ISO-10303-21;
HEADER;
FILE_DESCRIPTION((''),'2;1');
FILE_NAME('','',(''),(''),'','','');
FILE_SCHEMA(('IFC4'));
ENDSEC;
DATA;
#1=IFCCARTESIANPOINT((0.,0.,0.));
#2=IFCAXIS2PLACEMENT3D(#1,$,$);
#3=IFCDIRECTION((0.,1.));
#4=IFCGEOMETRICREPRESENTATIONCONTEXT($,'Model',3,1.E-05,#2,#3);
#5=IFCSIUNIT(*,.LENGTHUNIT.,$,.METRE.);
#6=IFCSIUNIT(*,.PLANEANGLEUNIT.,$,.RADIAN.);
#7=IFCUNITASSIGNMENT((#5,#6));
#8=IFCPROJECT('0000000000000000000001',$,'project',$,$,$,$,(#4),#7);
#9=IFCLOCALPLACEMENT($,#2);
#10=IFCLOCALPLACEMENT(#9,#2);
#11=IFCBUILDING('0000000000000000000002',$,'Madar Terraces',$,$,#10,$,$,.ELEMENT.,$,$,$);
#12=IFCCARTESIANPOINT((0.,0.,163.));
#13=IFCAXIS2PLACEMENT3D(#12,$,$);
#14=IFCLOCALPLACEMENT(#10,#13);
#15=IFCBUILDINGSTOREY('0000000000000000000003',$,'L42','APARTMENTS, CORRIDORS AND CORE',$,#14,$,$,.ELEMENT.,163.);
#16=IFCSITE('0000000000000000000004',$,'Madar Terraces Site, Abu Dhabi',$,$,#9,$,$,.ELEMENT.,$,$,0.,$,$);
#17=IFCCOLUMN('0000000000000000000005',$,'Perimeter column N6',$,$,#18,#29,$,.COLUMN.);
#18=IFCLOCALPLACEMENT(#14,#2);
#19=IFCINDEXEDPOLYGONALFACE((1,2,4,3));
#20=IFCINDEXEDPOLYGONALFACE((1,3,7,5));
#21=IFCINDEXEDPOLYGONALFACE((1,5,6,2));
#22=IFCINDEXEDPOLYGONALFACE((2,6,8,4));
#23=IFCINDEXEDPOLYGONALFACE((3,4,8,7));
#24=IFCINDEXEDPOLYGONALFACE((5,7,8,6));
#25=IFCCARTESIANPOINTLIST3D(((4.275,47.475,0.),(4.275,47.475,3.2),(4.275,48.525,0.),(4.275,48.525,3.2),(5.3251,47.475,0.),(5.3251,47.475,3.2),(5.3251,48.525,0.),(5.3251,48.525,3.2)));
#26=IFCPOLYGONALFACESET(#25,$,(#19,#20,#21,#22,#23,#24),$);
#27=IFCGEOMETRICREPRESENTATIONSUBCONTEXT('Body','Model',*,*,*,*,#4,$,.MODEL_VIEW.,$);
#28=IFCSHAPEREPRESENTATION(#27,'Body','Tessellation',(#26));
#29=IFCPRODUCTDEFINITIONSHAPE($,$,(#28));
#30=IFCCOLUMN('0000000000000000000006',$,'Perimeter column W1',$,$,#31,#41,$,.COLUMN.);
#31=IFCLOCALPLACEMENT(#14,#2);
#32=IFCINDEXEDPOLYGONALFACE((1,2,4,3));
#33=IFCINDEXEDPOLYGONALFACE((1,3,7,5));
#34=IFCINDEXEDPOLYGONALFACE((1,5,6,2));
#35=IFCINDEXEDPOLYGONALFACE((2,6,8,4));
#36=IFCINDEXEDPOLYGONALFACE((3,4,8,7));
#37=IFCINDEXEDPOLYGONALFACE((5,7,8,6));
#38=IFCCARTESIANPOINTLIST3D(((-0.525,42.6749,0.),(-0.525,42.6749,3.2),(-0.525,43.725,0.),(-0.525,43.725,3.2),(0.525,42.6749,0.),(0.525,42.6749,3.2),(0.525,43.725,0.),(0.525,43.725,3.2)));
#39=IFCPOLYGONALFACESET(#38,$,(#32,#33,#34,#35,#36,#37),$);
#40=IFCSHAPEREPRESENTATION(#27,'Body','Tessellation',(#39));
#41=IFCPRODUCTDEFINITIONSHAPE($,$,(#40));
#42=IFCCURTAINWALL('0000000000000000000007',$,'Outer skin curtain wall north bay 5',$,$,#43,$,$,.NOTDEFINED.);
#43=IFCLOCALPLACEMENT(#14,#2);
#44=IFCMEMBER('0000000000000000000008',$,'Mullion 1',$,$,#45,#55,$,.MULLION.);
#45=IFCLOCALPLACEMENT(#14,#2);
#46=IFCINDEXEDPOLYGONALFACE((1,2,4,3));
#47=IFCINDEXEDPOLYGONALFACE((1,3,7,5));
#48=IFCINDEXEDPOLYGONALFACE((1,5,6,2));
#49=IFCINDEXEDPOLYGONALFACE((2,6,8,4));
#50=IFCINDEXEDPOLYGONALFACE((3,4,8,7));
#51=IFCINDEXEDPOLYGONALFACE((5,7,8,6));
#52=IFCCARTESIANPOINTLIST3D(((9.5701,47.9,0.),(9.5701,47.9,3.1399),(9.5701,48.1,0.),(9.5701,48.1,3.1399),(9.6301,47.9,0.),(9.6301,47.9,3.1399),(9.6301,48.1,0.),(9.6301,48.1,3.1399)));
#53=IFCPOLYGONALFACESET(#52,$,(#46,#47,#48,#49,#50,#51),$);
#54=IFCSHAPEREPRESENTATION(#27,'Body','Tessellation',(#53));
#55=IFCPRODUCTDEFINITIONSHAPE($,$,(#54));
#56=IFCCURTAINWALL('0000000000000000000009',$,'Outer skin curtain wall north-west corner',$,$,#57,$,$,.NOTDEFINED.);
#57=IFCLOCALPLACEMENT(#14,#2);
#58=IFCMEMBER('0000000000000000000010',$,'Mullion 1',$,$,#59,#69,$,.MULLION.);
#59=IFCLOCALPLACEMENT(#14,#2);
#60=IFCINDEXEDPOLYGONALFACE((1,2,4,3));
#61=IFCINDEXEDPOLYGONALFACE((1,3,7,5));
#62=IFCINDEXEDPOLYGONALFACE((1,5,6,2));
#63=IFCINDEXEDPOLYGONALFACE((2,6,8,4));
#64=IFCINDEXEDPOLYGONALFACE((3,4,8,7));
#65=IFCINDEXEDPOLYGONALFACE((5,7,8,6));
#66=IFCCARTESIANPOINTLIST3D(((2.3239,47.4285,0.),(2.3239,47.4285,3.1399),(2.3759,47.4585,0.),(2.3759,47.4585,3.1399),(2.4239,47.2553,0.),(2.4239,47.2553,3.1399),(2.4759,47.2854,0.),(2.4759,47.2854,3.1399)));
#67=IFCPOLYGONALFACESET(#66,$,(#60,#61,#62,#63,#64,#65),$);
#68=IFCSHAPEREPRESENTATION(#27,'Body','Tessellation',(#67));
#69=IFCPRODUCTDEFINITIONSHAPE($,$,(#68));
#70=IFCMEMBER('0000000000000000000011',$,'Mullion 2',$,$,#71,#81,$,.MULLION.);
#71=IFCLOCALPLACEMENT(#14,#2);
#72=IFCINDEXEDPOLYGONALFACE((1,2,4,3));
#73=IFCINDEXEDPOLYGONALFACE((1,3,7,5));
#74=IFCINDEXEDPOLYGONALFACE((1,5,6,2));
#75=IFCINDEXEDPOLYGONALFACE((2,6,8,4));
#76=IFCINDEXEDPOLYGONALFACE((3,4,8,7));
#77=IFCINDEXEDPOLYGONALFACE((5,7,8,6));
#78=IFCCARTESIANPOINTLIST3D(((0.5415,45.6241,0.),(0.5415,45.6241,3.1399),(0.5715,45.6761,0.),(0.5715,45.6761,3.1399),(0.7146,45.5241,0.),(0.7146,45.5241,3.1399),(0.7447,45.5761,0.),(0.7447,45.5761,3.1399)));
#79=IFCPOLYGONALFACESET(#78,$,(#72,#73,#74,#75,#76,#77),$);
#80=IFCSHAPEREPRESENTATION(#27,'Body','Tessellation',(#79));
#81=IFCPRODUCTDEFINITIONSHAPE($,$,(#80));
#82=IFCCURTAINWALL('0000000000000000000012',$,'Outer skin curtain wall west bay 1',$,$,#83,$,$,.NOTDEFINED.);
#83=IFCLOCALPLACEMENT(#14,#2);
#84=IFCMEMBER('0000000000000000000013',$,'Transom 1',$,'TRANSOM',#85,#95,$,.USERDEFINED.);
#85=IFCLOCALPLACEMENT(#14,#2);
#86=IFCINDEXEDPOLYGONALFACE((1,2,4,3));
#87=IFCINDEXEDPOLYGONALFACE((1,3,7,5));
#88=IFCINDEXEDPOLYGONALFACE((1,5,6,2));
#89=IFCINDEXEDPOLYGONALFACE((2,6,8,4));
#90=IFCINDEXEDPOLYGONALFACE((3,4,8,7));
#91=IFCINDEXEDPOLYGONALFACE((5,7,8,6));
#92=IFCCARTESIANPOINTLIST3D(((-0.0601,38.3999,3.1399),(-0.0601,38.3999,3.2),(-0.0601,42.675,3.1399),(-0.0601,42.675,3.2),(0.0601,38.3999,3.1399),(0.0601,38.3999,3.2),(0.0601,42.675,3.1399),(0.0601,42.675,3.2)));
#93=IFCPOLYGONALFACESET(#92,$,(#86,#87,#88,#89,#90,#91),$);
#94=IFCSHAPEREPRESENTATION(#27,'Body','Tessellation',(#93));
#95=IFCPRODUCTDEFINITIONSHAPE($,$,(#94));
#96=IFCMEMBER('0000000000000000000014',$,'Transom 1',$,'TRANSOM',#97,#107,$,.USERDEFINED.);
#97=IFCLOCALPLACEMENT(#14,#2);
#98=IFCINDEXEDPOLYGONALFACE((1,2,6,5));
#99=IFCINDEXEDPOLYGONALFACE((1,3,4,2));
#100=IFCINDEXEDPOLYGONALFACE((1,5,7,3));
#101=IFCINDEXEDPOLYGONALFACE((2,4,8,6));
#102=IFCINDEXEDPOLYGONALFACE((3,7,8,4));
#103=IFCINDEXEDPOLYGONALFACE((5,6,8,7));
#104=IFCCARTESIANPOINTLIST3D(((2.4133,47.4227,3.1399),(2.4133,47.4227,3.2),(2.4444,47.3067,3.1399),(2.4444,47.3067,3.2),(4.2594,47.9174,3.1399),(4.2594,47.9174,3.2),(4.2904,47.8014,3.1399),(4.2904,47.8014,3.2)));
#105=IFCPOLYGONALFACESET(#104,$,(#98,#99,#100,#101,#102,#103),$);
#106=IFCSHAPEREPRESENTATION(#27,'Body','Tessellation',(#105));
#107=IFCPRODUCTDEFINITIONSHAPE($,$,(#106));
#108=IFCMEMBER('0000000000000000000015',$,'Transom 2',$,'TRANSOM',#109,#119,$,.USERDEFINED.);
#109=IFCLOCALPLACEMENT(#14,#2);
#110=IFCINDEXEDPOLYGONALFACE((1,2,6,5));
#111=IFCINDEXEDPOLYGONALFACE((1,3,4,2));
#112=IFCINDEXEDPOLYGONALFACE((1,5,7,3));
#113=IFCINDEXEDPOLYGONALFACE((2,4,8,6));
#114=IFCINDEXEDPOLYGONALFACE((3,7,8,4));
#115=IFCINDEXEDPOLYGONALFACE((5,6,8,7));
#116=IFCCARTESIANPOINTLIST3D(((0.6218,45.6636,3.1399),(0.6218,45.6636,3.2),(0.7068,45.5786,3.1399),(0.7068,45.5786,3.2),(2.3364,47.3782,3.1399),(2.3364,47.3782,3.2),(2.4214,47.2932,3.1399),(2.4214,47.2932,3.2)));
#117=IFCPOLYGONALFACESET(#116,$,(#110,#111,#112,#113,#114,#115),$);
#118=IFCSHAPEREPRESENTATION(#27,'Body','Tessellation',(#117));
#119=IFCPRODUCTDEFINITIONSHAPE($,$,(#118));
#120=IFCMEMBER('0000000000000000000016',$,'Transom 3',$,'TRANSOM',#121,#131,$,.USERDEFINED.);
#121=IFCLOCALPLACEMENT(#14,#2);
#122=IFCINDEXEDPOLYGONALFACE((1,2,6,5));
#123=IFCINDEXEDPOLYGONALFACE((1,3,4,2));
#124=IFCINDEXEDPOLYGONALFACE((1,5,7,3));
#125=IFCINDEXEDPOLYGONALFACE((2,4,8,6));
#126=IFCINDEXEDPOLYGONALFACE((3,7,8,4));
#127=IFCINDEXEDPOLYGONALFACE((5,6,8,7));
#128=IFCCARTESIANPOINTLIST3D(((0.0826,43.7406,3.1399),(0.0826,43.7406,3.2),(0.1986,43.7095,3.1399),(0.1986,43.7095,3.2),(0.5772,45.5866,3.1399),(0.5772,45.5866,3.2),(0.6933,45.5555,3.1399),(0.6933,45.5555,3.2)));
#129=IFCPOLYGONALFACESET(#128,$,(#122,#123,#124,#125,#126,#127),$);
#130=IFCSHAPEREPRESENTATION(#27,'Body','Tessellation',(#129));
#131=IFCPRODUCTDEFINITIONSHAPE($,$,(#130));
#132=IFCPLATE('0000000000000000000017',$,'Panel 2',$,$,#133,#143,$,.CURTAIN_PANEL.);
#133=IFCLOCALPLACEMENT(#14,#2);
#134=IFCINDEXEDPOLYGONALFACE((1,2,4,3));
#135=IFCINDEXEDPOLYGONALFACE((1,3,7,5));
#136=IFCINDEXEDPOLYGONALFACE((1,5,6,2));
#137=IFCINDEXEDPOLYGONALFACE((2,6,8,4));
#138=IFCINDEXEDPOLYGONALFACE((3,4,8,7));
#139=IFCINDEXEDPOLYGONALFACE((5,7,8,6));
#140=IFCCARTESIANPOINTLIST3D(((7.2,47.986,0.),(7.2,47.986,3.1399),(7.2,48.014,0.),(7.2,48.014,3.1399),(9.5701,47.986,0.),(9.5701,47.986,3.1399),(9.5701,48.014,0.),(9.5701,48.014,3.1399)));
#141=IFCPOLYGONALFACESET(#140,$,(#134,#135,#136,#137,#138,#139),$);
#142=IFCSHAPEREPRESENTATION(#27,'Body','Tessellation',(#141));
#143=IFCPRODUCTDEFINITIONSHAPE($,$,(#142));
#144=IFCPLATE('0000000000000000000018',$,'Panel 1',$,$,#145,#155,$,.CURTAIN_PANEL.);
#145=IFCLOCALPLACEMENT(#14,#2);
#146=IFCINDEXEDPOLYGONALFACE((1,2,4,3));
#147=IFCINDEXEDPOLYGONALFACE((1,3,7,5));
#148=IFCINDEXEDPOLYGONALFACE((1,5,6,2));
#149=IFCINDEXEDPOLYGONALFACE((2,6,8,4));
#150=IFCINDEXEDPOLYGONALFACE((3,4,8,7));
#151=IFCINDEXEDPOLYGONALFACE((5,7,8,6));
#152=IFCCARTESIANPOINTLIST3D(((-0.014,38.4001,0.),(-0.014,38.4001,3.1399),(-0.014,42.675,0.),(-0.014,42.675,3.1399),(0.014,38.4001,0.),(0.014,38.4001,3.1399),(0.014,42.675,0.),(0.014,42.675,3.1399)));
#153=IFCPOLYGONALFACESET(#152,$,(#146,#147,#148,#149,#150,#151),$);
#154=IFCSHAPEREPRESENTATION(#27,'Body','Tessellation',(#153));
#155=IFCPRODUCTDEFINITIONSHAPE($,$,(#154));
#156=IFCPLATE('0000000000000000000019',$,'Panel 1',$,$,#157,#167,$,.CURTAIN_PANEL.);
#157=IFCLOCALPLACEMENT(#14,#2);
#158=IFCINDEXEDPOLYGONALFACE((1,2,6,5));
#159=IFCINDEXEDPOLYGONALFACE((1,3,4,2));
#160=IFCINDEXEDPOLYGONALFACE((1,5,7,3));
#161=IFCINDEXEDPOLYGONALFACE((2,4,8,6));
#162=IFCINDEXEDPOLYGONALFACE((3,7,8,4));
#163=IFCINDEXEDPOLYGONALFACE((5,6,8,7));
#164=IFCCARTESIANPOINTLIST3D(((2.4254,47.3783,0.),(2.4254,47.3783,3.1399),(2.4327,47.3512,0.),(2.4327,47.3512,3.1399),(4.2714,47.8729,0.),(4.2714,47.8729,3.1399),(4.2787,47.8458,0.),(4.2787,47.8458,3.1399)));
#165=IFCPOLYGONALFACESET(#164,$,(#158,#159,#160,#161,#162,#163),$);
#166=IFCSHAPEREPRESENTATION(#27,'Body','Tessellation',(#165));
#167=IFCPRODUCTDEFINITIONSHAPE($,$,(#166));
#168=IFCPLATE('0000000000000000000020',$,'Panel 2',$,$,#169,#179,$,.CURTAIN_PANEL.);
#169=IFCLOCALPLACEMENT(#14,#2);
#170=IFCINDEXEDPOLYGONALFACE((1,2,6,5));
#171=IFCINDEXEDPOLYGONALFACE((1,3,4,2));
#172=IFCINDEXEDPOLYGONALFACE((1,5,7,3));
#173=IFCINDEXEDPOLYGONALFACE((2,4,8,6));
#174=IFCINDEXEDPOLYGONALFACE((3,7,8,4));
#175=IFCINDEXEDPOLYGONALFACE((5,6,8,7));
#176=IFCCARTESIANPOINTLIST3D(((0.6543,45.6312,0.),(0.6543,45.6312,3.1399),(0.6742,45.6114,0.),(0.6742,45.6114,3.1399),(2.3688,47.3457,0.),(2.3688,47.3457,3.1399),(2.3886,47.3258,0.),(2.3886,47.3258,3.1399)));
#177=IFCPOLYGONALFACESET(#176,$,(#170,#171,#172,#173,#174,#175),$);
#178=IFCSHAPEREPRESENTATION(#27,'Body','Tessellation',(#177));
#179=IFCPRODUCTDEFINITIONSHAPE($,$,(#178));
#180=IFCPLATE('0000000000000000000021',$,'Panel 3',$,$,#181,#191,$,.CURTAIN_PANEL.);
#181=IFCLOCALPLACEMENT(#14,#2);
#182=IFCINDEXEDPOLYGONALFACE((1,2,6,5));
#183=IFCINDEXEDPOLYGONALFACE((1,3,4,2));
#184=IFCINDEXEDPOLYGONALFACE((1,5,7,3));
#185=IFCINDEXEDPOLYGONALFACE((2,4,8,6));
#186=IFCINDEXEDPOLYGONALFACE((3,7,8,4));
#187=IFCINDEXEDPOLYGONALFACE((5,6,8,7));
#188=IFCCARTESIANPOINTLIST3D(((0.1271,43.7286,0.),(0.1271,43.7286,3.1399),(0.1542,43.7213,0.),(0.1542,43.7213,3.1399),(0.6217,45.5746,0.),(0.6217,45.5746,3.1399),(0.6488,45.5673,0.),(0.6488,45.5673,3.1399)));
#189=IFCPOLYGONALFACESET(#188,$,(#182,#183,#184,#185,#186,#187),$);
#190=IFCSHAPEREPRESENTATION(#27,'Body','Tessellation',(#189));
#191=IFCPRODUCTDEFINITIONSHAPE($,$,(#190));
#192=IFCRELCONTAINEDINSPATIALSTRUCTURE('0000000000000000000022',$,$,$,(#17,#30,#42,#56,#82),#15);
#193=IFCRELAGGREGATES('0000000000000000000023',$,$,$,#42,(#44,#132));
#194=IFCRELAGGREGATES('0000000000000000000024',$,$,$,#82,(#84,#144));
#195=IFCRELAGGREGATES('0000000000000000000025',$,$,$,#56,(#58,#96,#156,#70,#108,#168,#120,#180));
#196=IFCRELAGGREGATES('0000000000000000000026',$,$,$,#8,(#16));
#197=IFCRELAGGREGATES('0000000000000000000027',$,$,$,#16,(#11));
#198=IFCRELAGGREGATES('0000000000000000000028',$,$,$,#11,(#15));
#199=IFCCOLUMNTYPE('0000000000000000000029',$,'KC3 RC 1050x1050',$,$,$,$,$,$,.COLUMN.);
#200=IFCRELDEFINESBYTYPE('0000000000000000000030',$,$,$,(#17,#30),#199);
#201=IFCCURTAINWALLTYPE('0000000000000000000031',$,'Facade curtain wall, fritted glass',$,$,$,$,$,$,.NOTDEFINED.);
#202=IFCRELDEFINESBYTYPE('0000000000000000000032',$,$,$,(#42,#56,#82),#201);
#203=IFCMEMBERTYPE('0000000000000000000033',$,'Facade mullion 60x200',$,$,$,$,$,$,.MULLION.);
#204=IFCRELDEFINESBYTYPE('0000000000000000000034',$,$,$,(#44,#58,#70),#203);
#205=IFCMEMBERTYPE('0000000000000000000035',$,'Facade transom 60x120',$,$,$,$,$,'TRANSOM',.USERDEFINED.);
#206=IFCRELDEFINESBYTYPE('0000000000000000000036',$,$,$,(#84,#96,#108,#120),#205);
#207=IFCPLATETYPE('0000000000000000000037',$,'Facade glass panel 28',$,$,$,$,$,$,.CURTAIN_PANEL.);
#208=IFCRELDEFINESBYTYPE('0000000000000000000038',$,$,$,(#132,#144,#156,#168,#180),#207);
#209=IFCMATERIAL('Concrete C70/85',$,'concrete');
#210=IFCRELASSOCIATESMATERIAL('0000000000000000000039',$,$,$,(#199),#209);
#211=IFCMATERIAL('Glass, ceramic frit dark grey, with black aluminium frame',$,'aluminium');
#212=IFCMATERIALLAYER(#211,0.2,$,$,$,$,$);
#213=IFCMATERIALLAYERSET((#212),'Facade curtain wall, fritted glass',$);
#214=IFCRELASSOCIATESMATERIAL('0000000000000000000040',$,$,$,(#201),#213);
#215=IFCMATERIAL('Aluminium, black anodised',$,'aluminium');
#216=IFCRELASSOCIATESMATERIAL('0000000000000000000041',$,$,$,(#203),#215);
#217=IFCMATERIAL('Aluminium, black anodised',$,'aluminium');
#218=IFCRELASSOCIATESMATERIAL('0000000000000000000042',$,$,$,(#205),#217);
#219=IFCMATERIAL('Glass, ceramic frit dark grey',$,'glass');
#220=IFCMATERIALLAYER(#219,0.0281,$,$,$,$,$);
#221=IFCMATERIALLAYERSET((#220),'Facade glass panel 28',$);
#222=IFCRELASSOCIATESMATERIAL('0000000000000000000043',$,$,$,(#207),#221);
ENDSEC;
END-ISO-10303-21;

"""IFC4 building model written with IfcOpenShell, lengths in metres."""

from ifc_helpers import new_model, si_unit, direction, frame, origin, origin_2d, place, context, subcontext, project, spatial, rectangle, extrude, material, layer, layer_set, material_profile, profile_set, type_object, element, aggregate, save


model = new_model("IFC4")

# Units and contexts
model_context = context("Model", 3, precision=1e-05, world=origin(), true_north=direction((0.0, 1.0)))
body_context = subcontext(model_context, "Body", "Model", "MODEL_VIEW")
ifc_project = project(units=[si_unit("LENGTHUNIT", "METRE"), si_unit("PLANEANGLEUNIT", "RADIAN")], contexts=[model_context])

# Site, building, storey
site_placement = place(None, origin())
site = spatial("IfcSite", under=ifc_project, at=site_placement, Name="Madar Terraces Site, Abu Dhabi", CompositionType="ELEMENT", RefElevation=0.0)
building_placement = place(site_placement, origin())
building = spatial("IfcBuilding", under=site, at=building_placement, Name="Madar Terraces", CompositionType="ELEMENT")
storey_placement = place(building_placement, frame((0.0, 0.0, 163.0)))
storey = spatial("IfcBuildingStorey", under=building, at=storey_placement, Name="L42", Description="APARTMENTS, CORRIDORS AND CORE", CompositionType="ELEMENT", Elevation=163.0)

# Columns
ifc_material_1 = material(Name="Concrete C70/85", Category="concrete")
ifc_material_profile_1 = material_profile(ifc_material_1, rectangle(XDim=1.05, YDim=1.05, at=origin_2d()), Name="KC3 RC 1050x1050")
ifc_profile_set_1 = profile_set([ifc_material_profile_1], Name="Concrete C70/85")
column_type = type_object("IfcColumnType", Name="KC3 RC 1050x1050", PredefinedType="COLUMN", material=ifc_profile_set_1)
for number, where, z_axis, x_axis, name in (
    (1, (4.8, 48.0, 0.0), (0.0, 0.0, 1.0), (1.0, 0.0, 0.0), "Perimeter column N6"),
    (2, (0.0, 43.2, 0.0), (0.0, 0.0, 1.0), (1.0, 0.0, 0.0), "Perimeter column W1"),
):
    element("IfcColumn", number, at=place(storey_placement, frame(where, z_axis=z_axis, x_axis=x_axis)), inside=storey, type_object=column_type, Name=name, PredefinedType="COLUMN", context=body_context, shape_type="SweptSolid", body=[
        extrude(rectangle(XDim=1.05, YDim=1.05, at=origin_2d()), origin(), (0.0, 0.0, 1.0), 3.2),
    ])

# Curtain wall, member
ifc_material_2 = material(Name="Glass, ceramic frit dark grey, with black aluminium frame", Category="aluminium")
ifc_layer_1 = layer(ifc_material_2, 0.2)
ifc_layer_set_1 = layer_set([ifc_layer_1], Name="Facade curtain wall, fritted glass")
curtain_wall_type = type_object("IfcCurtainWallType", Name="Facade curtain wall, fritted glass", PredefinedType="NOTDEFINED", material=ifc_layer_set_1)
curtain_wall_1_placement = place(storey_placement, origin())
curtain_wall_1 = element("IfcCurtainWall", 3, at=curtain_wall_1_placement, inside=storey, type_object=curtain_wall_type, Name="Outer skin curtain wall north bay 5", PredefinedType="NOTDEFINED")
ifc_material_3 = material(Name="Aluminium, black anodised", Category="aluminium")
ifc_material_profile_2 = material_profile(ifc_material_3, rectangle(XDim=0.2, YDim=0.0601, at=origin_2d()), Name="Facade mullion 60x200")
ifc_profile_set_2 = profile_set([ifc_material_profile_2], Name="Aluminium, black anodised")
member_type_1 = type_object("IfcMemberType", Name="Facade mullion 60x200", PredefinedType="MULLION", material=ifc_profile_set_2)
member_1_placement = place(storey_placement, frame((9.6001, 48.0, 0.0), z_axis=(0.0, 0.0, 1.0), x_axis=(0.0, -1.0, 0.0)))
member_1 = element("IfcMember", 4, at=member_1_placement, type_object=member_type_1, Name="Mullion 1", PredefinedType="MULLION", context=body_context, shape_type="SweptSolid", body=[
    extrude(rectangle(XDim=0.2, YDim=0.0601, at=origin_2d()), origin(), (0.0, 0.0, 1.0), 3.1399),
])

# Curtain wall, members
curtain_wall_2_placement = place(storey_placement, origin())
curtain_wall_2 = element("IfcCurtainWall", 5, at=curtain_wall_2_placement, inside=storey, type_object=curtain_wall_type, Name="Outer skin curtain wall north-west corner", PredefinedType="NOTDEFINED")
member_2_placement = place(storey_placement, frame((2.3999, 47.3569, 0.0), z_axis=(0.0, 0.0, 1.0), x_axis=(0.5, -0.866025, 0.0)))
member_2 = element("IfcMember", 6, at=member_2_placement, type_object=member_type_1, Name="Mullion 1", PredefinedType="MULLION", context=body_context, shape_type="SweptSolid", body=[
    extrude(rectangle(XDim=0.2, YDim=0.0601, at=origin_2d()), origin(), (0.0, 0.0, 1.0), 3.1399),
])
member_3_placement = place(storey_placement, frame((0.6431, 45.6001, 0.0), z_axis=(0.0, 0.0, 1.0), x_axis=(0.866025, -0.5, 0.0)))
member_3 = element("IfcMember", 7, at=member_3_placement, type_object=member_type_1, Name="Mullion 2", PredefinedType="MULLION", context=body_context, shape_type="SweptSolid", body=[
    extrude(rectangle(XDim=0.2, YDim=0.0601, at=origin_2d()), origin(), (0.0, 0.0, 1.0), 3.1399),
])

# Curtain wall, member
curtain_wall_3_placement = place(storey_placement, origin())
curtain_wall_3 = element("IfcCurtainWall", 8, at=curtain_wall_3_placement, inside=storey, type_object=curtain_wall_type, Name="Outer skin curtain wall west bay 1", PredefinedType="NOTDEFINED")
ifc_material_4 = material(Name="Aluminium, black anodised", Category="aluminium")
ifc_material_profile_3 = material_profile(ifc_material_4, rectangle(XDim=0.1201, YDim=0.0601, at=origin_2d()), Name="Facade transom 60x120")
ifc_profile_set_3 = profile_set([ifc_material_profile_3], Name="Aluminium, black anodised")
member_type_2 = type_object("IfcMemberType", Name="Facade transom 60x120", ElementType="TRANSOM", PredefinedType="USERDEFINED", material=ifc_profile_set_3)
member_4_placement = place(storey_placement, frame((0.0, 42.675, 3.1699), z_axis=(0.0, -1.0, 0.0), x_axis=(1.0, 0.0, 0.0)))
member_4 = element("IfcMember", 9, at=member_4_placement, type_object=member_type_2, Name="Transom 1", ObjectType="TRANSOM", PredefinedType="USERDEFINED", context=body_context, shape_type="SweptSolid", body=[
    extrude(rectangle(XDim=0.1201, YDim=0.0601, at=origin_2d()), origin(), (0.0, 0.0, 1.0), 4.2751),
])

# Members
member_5_placement = place(storey_placement, frame((4.2749, 47.8594, 3.1699), z_axis=(-0.965925, -0.258823, 0.0), x_axis=(0.258823, -0.965925, 0.0)))
member_5 = element("IfcMember", 10, at=member_5_placement, type_object=member_type_2, Name="Transom 1", ObjectType="TRANSOM", PredefinedType="USERDEFINED", context=body_context, shape_type="SweptSolid", body=[
    extrude(rectangle(XDim=0.1201, YDim=0.0601, at=origin_2d()), origin(), (0.0, 0.0, 1.0), 1.9111),
])
member_6_placement = place(storey_placement, frame((2.3789, 47.3357, 3.1699), z_axis=(-0.707107, -0.707107, 0.0), x_axis=(0.707107, -0.707107, 0.0)))
member_6 = element("IfcMember", 11, at=member_6_placement, type_object=member_type_2, Name="Transom 2", ObjectType="TRANSOM", PredefinedType="USERDEFINED", context=body_context, shape_type="SweptSolid", body=[
    extrude(rectangle(XDim=0.1201, YDim=0.0601, at=origin_2d()), origin(), (0.0, 0.0, 1.0), 2.4248),
])
member_7_placement = place(storey_placement, frame((0.6353, 45.571, 3.1699), z_axis=(-0.258823, -0.965925, 0.0), x_axis=(0.965925, -0.258823, 0.0)))
member_7 = element("IfcMember", 12, at=member_7_placement, type_object=member_type_2, Name="Transom 3", ObjectType="TRANSOM", PredefinedType="USERDEFINED", context=body_context, shape_type="SweptSolid", body=[
    extrude(rectangle(XDim=0.1201, YDim=0.0601, at=origin_2d()), origin(), (0.0, 0.0, 1.0), 1.9111),
])

# Plates
ifc_material_5 = material(Name="Glass, ceramic frit dark grey", Category="glass")
ifc_layer_2 = layer(ifc_material_5, 0.0281)
ifc_layer_set_2 = layer_set([ifc_layer_2], Name="Facade glass panel 28")
plate_type = type_object("IfcPlateType", Name="Facade glass panel 28", PredefinedType="CURTAIN_PANEL", material=ifc_layer_set_2)
plate_1_placement = place(storey_placement, frame((8.385, 48.0, 0.0), z_axis=(0.0, 0.0, 1.0), x_axis=(-1.0, 0.0, 0.0)))
plate_1 = element("IfcPlate", 13, at=plate_1_placement, type_object=plate_type, Name="Panel 2", PredefinedType="CURTAIN_PANEL", context=body_context, shape_type="SweptSolid", body=[
    extrude(rectangle(XDim=2.3701, YDim=0.0281, at=origin_2d()), origin(), (0.0, 0.0, 1.0), 3.1399),
])
aggregate(curtain_wall_1, [member_1, plate_1])
plate_2_placement = place(storey_placement, frame((0.0, 40.5376, 0.0), z_axis=(0.0, 0.0, 1.0), x_axis=(0.0, -1.0, 0.0)))
plate_2 = element("IfcPlate", 14, at=plate_2_placement, type_object=plate_type, Name="Panel 1", PredefinedType="CURTAIN_PANEL", context=body_context, shape_type="SweptSolid", body=[
    extrude(rectangle(XDim=4.2749, YDim=0.0281, at=origin_2d()), origin(), (0.0, 0.0, 1.0), 3.1399),
])
aggregate(curtain_wall_3, [member_4, plate_2])
plate_3_placement = place(storey_placement, frame((3.3521, 47.6121, 0.0), z_axis=(0.0, 0.0, 1.0), x_axis=(-0.965926, -0.258819, 0.0)))
plate_3 = element("IfcPlate", 15, at=plate_3_placement, type_object=plate_type, Name="Panel 1", PredefinedType="CURTAIN_PANEL", context=body_context, shape_type="SweptSolid", body=[
    extrude(rectangle(XDim=1.9111, YDim=0.0281, at=origin_2d()), origin(), (0.0, 0.0, 1.0), 3.1399),
])
plate_4_placement = place(storey_placement, frame((1.5215, 46.4785, 0.0), z_axis=(0.0, 0.0, 1.0), x_axis=(-0.707107, -0.707107, 0.0)))
plate_4 = element("IfcPlate", 16, at=plate_4_placement, type_object=plate_type, Name="Panel 2", PredefinedType="CURTAIN_PANEL", context=body_context, shape_type="SweptSolid", body=[
    extrude(rectangle(XDim=2.4246, YDim=0.0281, at=origin_2d()), origin(), (0.0, 0.0, 1.0), 3.1399),
])
plate_5_placement = place(storey_placement, frame((0.3879, 44.6479, 0.0), z_axis=(0.0, 0.0, 1.0), x_axis=(-0.258819, -0.965926, 0.0)))
plate_5 = element("IfcPlate", 17, at=plate_5_placement, type_object=plate_type, Name="Panel 3", PredefinedType="CURTAIN_PANEL", context=body_context, shape_type="SweptSolid", body=[
    extrude(rectangle(XDim=1.9111, YDim=0.0281, at=origin_2d()), origin(), (0.0, 0.0, 1.0), 3.1399),
])
aggregate(curtain_wall_2, [member_2, member_5, plate_3, member_3, member_6, plate_4, member_7, plate_5])

save(model, "model.ifc")
